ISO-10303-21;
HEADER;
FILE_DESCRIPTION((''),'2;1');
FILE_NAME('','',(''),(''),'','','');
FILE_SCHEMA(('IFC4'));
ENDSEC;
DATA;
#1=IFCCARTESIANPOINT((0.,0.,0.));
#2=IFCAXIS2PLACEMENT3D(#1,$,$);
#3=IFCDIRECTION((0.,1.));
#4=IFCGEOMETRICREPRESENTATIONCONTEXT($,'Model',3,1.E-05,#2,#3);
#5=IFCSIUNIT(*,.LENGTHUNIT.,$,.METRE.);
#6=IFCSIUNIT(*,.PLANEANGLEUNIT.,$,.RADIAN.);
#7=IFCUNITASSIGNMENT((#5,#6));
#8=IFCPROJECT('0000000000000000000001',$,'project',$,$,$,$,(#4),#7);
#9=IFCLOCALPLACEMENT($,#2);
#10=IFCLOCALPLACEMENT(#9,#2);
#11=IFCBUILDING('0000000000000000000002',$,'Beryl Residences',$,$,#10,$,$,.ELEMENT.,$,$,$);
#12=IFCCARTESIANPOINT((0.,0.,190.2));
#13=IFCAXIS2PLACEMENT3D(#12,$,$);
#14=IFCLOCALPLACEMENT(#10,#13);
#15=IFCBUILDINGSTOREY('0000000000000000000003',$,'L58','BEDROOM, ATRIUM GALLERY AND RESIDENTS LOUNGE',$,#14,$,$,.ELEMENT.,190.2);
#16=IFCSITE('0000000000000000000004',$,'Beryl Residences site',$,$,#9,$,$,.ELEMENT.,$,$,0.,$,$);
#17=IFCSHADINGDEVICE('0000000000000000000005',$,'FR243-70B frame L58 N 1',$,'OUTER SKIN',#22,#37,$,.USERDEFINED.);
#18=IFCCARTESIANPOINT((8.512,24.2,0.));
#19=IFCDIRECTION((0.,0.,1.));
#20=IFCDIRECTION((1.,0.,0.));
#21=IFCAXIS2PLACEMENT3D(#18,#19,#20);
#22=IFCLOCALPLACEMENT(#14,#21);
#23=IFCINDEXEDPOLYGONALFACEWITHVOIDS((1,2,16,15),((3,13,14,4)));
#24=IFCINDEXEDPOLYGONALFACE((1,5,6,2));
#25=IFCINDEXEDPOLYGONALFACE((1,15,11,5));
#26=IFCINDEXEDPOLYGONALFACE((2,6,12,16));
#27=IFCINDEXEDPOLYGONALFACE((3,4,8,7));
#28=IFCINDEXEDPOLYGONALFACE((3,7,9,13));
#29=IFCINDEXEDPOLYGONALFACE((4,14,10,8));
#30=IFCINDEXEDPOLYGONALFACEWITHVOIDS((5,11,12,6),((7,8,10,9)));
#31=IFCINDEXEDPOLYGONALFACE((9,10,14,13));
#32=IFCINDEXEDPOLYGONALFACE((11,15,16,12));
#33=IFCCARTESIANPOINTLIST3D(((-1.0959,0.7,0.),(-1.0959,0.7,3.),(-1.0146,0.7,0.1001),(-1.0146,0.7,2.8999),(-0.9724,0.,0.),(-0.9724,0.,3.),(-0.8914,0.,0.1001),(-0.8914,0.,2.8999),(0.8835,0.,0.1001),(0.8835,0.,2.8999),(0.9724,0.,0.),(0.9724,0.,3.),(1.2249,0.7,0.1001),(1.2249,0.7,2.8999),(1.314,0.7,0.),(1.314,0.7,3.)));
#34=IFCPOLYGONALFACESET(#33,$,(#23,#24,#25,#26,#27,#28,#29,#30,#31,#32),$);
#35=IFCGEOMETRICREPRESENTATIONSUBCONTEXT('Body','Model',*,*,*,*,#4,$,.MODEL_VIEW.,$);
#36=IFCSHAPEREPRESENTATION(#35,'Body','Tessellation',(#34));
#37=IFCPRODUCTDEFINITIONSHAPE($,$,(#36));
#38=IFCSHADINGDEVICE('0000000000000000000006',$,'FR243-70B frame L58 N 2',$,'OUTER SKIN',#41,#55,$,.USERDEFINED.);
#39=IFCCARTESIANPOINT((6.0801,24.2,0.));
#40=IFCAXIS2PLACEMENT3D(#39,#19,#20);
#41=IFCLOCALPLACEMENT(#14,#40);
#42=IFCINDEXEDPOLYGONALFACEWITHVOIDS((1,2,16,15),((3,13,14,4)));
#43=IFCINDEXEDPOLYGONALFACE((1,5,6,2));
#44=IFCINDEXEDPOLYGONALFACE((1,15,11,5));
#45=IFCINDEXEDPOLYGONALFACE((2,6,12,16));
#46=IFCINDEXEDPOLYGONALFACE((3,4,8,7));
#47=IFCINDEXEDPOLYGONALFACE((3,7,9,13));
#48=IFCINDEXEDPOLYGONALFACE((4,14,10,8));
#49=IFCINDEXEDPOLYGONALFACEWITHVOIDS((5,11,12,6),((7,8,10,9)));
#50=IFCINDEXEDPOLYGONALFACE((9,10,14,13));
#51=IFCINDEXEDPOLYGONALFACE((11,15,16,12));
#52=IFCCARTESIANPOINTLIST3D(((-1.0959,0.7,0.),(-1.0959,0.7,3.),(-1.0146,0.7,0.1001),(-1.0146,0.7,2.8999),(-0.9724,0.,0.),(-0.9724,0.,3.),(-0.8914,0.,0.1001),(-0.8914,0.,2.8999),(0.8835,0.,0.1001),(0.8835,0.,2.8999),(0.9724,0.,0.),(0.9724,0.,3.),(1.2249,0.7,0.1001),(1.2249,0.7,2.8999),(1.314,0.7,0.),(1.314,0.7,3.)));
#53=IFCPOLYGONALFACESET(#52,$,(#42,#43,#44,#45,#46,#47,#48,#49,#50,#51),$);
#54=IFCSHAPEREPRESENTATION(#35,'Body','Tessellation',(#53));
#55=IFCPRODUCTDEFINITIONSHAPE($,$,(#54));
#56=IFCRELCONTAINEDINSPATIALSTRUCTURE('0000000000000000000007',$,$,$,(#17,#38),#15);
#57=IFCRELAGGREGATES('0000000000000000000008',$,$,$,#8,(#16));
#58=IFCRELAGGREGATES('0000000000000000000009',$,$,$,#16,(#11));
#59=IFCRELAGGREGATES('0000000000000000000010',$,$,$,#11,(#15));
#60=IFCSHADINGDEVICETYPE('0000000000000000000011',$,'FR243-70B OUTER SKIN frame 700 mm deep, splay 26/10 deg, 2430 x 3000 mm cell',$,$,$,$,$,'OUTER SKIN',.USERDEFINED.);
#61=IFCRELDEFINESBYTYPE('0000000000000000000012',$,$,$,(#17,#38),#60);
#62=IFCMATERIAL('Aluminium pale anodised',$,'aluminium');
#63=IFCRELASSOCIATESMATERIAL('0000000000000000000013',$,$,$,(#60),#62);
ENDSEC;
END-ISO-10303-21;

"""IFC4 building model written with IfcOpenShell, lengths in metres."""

from ifc_helpers import new_model, entity, si_unit, direction, frame, origin, place, context, subcontext, project, spatial, source, transform, mapped, material, type_object, type_shapes, element, save


model = new_model("IFC4")

# Units and contexts
model_context = context("Model", 3, precision=1e-05, world=origin(), true_north=direction((0.0, 1.0)))
body_context = subcontext(model_context, "Body", "Model", "MODEL_VIEW")
ifc_project = project(units=[si_unit("LENGTHUNIT", "METRE"), si_unit("PLANEANGLEUNIT", "RADIAN")], contexts=[model_context])

# Site, building, storey
site_placement = place(None, origin())
site = spatial("IfcSite", under=ifc_project, at=site_placement, Name="Beryl Residences site", CompositionType="ELEMENT", RefElevation=0.0)
building_placement = place(site_placement, origin())
building = spatial("IfcBuilding", under=site, at=building_placement, Name="Beryl Residences", CompositionType="ELEMENT")
storey_placement = place(building_placement, frame((0.0, 0.0, 190.2)))
storey = spatial("IfcBuildingStorey", under=building, at=storey_placement, Name="L58", Description="BEDROOM, ATRIUM GALLERY AND RESIDENTS LOUNGE", CompositionType="ELEMENT", Elevation=190.2)

# Shading devices
ifc_material_1 = material(Name="Aluminium pale anodised", Category="aluminium")
shading_device_type = type_object("IfcShadingDeviceType", Name="FR243-70B OUTER SKIN frame 700 mm deep, splay 26/10 deg, 2430 x 3000 mm cell", ElementType="OUTER SKIN", PredefinedType="USERDEFINED", material=ifc_material_1)
cartesian_point_1 = entity("IfcCartesianPoint", [-0.9724, 0.0])
cartesian_point_2 = entity("IfcCartesianPoint", [-0.8835, 0.1001])
cartesian_point_3 = entity("IfcCartesianPoint", [-1.314, 0.0])
cartesian_point_4 = entity("IfcCartesianPoint", [-1.2249, 0.1001])
shared_shape_1 = source(origin(), body_context, "Body", "SweptSolid", [
    entity("IfcExtrudedAreaSolidTapered", entity("IfcArbitraryProfileDefWithVoids", "AREA", None, entity("IfcPolyline", [cartesian_point_1, entity("IfcCartesianPoint", [0.9724, 0.0]), entity("IfcCartesianPoint", [0.9724, 3.0]), entity("IfcCartesianPoint", [-0.9724, 3.0]), cartesian_point_1]), [entity("IfcPolyline", [cartesian_point_2, entity("IfcCartesianPoint", [0.8914, 0.1001]), entity("IfcCartesianPoint", [0.8914, 2.8999]), entity("IfcCartesianPoint", [-0.8835, 2.8999]), cartesian_point_2])]), entity("IfcAxis2Placement3D", entity("IfcCartesianPoint", [0.0, 0.0, 0.0]), entity("IfcDirection", [0.0, 1.0, 0.0]), entity("IfcDirection", [-1.0, 0.0, 0.0])), entity("IfcDirection", [0.0, 0.0, 1.0]), 0.7, entity("IfcArbitraryProfileDefWithVoids", "AREA", None, entity("IfcPolyline", [cartesian_point_3, entity("IfcCartesianPoint", [1.0959, 0.0]), entity("IfcCartesianPoint", [1.0959, 3.0]), entity("IfcCartesianPoint", [-1.314, 3.0]), cartesian_point_3]), [entity("IfcPolyline", [cartesian_point_4, entity("IfcCartesianPoint", [1.0146, 0.1001]), entity("IfcCartesianPoint", [1.0146, 2.8999]), entity("IfcCartesianPoint", [-1.2249, 2.8999]), cartesian_point_4])])),
])
type_shapes(shading_device_type, [shared_shape_1])
for number, where, z_axis, x_axis, name in (
    (1, (8.512, 24.2, 0.0), (0.0, 0.0, 1.0), (1.0, 0.0, 0.0), "FR243-70B frame L58 N 1"),
    (2, (6.0801, 24.2, 0.0), (0.0, 0.0, 1.0), (1.0, 0.0, 0.0), "FR243-70B frame L58 N 2"),
):
    element("IfcShadingDevice", number, at=place(storey_placement, frame(where, z_axis=z_axis, x_axis=x_axis)), inside=storey, type_object=shading_device_type, Name=name, ObjectType="OUTER SKIN", PredefinedType="USERDEFINED", context=body_context, shape_type="MappedRepresentation", body=[
        mapped(shared_shape_1, transform((0.0, 0.0, 0.0))),
    ])

save(model, "model.ifc")
